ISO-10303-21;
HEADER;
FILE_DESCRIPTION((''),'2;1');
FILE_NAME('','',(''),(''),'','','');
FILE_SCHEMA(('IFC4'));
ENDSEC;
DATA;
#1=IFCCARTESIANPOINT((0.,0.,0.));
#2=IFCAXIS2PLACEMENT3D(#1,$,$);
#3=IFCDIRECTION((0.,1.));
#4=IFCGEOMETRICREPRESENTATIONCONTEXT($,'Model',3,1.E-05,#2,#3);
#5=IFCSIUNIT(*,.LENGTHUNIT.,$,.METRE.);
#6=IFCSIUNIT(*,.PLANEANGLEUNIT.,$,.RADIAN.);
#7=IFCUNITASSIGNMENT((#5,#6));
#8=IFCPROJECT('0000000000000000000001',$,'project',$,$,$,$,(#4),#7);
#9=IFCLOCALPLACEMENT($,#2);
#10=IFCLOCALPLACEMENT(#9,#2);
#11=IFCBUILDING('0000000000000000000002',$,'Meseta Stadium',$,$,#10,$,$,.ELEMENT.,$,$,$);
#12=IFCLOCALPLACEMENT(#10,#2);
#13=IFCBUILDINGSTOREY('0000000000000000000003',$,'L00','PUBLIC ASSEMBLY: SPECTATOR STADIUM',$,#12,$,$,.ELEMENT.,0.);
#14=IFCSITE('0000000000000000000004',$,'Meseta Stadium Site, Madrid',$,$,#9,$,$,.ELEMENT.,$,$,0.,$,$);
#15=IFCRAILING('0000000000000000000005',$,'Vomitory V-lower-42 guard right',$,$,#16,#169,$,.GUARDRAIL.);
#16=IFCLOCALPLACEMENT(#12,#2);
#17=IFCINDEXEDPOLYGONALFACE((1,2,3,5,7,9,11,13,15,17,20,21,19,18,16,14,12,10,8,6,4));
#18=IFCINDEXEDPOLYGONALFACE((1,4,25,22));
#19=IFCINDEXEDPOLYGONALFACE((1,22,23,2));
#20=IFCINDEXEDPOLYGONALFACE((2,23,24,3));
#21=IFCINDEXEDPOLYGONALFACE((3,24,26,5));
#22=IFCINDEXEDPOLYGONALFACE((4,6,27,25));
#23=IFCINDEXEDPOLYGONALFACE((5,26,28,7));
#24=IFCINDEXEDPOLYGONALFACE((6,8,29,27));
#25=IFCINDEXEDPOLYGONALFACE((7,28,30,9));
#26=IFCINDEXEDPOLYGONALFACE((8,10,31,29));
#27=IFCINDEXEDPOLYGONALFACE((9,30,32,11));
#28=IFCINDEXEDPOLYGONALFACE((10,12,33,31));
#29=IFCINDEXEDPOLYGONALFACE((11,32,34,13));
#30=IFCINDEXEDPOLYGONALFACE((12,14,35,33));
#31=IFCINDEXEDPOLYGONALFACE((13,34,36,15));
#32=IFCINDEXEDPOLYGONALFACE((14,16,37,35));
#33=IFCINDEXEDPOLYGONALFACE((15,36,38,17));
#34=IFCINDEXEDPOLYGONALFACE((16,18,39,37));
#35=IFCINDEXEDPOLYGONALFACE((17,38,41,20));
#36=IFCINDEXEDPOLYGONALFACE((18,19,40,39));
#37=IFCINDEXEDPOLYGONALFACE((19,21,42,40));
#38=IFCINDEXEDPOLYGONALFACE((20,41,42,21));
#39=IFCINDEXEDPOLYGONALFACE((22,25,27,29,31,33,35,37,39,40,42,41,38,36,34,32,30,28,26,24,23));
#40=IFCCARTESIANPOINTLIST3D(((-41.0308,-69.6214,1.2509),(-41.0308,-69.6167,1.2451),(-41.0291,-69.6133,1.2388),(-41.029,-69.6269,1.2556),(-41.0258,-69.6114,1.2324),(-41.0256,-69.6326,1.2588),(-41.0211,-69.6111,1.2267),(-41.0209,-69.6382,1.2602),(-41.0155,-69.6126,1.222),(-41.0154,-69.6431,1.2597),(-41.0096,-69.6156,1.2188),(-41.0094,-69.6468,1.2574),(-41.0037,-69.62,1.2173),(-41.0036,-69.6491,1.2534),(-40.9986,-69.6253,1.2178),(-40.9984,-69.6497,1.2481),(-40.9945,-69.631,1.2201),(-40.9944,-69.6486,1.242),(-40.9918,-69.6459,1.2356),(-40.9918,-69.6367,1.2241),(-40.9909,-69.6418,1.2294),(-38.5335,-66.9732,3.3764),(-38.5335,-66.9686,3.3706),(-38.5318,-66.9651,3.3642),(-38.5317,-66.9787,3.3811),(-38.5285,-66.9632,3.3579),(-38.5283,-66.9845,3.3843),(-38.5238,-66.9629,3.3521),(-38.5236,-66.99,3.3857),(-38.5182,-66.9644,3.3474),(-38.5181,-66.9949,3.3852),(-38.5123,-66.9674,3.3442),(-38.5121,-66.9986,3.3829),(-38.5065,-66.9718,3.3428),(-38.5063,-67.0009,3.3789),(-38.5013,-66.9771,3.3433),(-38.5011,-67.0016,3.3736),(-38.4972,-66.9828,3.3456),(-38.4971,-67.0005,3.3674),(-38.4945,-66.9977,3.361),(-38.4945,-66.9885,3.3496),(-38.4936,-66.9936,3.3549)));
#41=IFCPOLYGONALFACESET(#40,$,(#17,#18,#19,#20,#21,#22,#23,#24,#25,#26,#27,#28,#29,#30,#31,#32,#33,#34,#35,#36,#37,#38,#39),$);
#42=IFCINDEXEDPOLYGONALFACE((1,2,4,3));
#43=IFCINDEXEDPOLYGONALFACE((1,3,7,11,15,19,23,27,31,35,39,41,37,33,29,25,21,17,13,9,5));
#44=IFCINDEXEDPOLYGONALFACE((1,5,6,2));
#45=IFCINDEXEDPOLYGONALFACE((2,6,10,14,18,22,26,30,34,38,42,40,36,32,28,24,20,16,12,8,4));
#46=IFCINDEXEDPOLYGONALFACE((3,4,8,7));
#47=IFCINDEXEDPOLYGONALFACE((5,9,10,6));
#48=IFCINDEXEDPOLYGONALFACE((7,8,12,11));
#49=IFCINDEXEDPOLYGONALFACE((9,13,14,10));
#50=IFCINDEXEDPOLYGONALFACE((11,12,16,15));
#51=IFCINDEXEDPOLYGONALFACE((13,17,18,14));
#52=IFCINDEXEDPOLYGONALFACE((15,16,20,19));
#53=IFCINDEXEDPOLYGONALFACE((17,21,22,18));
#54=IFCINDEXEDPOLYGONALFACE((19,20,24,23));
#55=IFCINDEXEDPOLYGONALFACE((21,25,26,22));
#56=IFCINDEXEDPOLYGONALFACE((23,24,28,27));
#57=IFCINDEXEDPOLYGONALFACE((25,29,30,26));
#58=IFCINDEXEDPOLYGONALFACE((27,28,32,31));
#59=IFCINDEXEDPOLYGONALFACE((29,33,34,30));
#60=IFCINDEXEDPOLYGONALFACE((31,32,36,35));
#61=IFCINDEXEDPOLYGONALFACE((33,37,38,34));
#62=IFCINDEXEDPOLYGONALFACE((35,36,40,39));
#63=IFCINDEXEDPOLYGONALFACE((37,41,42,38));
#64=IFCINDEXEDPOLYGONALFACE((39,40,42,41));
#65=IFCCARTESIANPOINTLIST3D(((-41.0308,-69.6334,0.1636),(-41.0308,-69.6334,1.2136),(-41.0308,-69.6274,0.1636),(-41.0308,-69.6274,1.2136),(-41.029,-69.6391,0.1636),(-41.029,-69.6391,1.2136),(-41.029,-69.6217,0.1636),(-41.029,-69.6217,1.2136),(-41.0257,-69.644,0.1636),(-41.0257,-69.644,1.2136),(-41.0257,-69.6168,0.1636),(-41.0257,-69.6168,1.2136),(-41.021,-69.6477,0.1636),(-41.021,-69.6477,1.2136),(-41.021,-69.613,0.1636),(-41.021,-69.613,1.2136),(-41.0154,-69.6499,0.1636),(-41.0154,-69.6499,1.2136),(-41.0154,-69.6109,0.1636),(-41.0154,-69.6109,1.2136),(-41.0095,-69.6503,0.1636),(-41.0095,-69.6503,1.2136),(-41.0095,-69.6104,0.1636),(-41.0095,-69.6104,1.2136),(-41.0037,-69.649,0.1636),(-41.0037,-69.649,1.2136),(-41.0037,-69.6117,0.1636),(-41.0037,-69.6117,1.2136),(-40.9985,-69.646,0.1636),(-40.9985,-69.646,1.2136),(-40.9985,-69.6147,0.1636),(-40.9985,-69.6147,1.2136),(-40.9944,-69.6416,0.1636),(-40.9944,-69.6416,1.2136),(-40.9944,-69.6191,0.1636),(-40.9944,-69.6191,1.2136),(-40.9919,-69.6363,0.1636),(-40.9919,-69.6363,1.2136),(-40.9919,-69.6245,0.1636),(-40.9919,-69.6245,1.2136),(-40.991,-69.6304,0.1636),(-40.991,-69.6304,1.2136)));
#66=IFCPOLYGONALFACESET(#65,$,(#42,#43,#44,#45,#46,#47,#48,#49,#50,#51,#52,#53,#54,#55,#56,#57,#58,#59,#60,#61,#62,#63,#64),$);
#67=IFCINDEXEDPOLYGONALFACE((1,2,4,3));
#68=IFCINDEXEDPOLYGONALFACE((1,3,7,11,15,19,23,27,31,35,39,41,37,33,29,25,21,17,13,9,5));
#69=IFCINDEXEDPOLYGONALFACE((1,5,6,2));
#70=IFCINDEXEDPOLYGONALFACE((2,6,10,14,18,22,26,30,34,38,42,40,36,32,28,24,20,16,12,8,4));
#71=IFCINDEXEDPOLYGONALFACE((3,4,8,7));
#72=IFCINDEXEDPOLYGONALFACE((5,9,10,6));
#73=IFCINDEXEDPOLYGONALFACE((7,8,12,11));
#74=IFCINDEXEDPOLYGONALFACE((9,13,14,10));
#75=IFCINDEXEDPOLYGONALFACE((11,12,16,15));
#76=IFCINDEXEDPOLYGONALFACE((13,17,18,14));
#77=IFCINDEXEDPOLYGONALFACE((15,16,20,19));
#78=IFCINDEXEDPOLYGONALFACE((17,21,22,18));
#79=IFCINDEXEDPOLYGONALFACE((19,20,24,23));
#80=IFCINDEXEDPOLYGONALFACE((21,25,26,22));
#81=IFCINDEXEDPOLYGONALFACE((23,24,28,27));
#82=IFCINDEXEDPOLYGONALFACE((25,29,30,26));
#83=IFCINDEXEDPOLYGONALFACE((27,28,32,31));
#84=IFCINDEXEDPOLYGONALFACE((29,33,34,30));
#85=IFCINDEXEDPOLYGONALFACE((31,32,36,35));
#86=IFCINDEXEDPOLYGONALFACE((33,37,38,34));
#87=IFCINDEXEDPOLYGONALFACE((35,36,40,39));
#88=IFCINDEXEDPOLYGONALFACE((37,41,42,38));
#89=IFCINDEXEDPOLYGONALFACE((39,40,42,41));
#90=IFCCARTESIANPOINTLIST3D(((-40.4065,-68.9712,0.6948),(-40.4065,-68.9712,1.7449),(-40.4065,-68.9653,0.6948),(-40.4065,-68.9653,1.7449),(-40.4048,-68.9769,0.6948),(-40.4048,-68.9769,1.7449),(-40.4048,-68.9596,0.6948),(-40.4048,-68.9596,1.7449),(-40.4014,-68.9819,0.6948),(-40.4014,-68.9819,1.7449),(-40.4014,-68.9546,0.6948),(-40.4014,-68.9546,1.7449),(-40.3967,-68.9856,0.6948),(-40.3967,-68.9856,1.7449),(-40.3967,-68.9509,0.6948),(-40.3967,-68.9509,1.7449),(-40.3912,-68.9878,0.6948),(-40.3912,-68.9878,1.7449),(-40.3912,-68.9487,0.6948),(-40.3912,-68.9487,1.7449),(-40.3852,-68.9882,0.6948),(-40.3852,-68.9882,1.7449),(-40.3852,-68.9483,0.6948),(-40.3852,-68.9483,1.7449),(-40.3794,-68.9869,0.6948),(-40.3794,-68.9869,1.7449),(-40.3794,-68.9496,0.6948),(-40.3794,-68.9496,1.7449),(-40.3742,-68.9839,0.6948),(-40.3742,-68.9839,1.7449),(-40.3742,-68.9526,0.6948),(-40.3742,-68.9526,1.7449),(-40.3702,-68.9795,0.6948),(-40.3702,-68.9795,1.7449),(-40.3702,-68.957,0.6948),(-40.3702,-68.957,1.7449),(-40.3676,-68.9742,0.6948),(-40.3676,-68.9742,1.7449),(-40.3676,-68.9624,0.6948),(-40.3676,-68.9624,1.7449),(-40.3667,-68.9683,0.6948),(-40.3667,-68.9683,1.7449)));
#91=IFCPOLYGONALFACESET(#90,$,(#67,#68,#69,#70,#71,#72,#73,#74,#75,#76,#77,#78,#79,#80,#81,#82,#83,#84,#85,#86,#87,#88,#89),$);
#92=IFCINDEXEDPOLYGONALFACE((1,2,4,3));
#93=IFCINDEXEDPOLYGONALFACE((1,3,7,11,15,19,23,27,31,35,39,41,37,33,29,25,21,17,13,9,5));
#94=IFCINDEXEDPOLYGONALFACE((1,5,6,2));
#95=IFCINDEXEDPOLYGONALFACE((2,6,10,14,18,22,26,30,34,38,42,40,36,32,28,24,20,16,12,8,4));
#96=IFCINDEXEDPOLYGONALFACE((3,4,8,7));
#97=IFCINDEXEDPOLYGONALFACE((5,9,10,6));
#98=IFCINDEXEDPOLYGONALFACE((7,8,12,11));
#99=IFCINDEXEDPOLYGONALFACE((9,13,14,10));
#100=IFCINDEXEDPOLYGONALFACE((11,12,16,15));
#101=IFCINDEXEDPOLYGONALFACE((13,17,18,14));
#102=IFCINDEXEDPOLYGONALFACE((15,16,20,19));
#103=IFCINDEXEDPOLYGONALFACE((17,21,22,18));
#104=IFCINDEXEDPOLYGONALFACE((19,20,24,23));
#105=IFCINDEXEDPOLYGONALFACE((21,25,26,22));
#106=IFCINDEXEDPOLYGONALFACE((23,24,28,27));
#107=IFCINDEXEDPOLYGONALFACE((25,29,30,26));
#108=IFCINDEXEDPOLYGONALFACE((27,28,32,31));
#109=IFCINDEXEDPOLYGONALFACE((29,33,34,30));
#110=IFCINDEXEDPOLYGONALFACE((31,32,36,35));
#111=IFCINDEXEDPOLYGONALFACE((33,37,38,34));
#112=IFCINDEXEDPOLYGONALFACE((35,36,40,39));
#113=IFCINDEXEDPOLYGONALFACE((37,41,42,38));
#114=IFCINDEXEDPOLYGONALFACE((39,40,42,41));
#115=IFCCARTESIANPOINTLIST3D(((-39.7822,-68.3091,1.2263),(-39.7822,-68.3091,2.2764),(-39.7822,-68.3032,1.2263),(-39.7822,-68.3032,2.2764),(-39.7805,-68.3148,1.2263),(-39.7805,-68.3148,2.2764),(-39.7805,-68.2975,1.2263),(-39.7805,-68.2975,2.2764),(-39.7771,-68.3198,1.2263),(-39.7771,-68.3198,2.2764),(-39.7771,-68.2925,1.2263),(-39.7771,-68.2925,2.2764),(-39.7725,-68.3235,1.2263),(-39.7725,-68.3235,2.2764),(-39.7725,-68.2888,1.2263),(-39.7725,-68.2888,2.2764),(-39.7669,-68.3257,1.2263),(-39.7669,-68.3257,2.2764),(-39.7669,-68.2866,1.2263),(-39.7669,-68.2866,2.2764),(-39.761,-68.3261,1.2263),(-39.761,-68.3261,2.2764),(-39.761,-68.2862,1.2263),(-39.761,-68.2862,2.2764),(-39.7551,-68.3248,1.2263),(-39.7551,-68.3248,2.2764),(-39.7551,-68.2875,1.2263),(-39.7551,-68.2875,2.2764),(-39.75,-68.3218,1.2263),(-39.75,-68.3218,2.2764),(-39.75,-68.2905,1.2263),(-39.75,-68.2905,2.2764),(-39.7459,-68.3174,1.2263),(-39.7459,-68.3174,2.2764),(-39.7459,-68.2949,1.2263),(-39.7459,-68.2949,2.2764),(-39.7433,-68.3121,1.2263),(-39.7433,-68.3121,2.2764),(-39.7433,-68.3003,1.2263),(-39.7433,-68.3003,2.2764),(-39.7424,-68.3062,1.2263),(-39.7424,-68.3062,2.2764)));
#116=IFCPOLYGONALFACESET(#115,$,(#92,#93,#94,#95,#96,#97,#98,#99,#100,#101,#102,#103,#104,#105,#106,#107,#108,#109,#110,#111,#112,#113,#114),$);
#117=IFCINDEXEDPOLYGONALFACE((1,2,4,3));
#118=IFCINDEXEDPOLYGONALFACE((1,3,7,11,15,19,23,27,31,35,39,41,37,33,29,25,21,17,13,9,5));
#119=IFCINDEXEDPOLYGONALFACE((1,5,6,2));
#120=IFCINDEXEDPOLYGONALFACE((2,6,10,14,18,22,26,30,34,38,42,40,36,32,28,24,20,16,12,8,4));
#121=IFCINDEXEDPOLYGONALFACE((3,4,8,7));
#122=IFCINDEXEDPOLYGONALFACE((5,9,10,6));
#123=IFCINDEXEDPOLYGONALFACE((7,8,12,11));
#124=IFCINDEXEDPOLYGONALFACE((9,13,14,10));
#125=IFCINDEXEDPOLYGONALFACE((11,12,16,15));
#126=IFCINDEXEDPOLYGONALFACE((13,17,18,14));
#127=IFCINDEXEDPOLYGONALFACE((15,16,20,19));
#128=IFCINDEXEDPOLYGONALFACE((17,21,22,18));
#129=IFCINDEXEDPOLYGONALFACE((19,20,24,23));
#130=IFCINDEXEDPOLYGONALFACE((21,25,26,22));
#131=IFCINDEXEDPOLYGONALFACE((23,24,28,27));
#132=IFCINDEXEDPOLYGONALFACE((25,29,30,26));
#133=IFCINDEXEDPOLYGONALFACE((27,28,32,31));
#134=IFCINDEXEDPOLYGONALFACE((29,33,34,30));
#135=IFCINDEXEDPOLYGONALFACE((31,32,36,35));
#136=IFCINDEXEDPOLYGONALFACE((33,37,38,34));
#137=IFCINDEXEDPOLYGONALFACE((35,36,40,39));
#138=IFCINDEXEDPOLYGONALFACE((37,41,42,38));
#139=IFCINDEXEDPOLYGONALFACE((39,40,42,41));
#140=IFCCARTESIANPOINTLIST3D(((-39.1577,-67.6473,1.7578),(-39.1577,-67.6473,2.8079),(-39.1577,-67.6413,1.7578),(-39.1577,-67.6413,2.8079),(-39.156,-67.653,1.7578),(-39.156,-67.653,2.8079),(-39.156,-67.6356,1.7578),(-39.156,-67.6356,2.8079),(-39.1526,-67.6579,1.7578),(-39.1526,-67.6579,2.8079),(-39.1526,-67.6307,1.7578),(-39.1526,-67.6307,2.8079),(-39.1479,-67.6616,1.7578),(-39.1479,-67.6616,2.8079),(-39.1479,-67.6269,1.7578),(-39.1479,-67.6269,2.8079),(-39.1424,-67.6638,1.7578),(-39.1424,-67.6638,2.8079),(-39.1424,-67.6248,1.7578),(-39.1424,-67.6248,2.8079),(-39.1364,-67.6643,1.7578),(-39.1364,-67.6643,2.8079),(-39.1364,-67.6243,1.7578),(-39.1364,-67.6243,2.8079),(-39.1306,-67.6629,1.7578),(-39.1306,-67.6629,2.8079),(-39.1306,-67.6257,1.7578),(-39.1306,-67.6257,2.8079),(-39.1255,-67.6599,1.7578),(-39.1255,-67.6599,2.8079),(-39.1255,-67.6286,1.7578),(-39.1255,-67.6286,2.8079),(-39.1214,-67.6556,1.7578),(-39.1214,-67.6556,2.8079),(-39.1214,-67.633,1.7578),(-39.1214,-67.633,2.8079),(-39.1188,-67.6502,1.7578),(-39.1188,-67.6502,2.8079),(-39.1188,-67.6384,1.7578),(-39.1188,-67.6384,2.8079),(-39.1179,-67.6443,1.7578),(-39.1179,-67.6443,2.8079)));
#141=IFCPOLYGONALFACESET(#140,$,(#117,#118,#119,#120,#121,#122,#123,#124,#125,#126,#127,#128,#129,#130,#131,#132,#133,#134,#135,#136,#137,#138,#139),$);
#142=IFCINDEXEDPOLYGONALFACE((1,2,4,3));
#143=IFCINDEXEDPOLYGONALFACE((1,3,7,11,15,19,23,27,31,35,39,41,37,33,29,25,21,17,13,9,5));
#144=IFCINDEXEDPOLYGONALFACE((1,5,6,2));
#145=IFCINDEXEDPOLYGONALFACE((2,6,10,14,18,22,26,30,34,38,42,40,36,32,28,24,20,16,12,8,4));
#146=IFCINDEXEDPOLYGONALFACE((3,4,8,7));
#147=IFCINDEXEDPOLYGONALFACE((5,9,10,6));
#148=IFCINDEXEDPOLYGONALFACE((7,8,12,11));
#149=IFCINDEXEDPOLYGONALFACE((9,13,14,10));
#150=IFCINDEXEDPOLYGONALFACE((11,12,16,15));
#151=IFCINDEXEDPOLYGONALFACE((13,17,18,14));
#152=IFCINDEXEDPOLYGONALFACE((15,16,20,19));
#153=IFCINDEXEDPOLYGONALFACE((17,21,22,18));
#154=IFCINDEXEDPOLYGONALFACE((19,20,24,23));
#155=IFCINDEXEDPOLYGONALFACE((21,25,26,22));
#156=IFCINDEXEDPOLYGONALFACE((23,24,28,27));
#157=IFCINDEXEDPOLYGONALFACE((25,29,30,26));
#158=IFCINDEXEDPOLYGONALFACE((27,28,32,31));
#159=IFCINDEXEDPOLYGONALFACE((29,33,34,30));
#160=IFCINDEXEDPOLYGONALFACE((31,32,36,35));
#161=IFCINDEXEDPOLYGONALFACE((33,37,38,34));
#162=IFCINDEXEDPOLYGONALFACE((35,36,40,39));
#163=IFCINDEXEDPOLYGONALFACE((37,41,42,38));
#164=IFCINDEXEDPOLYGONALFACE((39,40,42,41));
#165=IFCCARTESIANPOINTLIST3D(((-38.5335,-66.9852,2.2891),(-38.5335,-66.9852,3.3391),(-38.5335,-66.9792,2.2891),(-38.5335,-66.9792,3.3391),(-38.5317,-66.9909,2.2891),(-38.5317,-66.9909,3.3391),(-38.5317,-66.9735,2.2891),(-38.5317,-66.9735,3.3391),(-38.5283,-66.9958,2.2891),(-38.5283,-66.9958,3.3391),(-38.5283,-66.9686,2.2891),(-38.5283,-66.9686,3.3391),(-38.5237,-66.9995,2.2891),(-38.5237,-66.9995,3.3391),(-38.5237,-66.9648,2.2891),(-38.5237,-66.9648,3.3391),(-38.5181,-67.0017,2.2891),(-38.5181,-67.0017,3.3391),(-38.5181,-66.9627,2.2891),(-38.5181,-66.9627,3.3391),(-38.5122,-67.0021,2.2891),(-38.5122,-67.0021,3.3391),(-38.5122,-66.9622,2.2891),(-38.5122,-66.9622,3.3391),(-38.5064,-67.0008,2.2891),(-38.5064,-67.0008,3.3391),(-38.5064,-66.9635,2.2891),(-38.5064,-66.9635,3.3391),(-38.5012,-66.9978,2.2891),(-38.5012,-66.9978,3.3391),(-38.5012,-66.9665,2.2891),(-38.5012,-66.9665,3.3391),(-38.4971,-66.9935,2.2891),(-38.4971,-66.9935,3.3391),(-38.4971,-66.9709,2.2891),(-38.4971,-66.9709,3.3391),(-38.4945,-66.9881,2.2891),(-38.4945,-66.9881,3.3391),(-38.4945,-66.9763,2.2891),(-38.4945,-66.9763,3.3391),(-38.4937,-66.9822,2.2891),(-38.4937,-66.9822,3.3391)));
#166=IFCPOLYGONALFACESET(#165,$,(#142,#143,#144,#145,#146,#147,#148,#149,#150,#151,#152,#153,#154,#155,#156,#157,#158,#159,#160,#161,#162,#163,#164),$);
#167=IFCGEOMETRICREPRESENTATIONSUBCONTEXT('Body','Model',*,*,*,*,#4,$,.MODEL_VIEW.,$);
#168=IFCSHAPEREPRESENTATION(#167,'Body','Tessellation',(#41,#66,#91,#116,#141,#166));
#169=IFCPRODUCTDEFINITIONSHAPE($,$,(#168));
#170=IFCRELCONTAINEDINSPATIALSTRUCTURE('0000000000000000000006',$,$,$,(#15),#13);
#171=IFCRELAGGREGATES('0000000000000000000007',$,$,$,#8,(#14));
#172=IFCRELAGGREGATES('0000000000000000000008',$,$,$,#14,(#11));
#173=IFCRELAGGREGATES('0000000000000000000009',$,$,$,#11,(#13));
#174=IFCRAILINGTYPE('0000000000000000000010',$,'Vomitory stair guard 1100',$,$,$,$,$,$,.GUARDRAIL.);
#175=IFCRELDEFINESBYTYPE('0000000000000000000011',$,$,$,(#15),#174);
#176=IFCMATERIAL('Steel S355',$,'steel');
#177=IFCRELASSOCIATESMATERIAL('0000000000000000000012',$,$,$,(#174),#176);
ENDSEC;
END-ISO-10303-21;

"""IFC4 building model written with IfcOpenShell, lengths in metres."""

from ifc_helpers import new_model, si_unit, direction, frame, origin, origin_2d, place, context, subcontext, project, spatial, circle, extrude, material, type_object, element, save


model = new_model("IFC4")

# Units and contexts
model_context = context("Model", 3, precision=1e-05, world=origin(), true_north=direction((0.0, 1.0)))
body_context = subcontext(model_context, "Body", "Model", "MODEL_VIEW")
ifc_project = project(units=[si_unit("LENGTHUNIT", "METRE"), si_unit("PLANEANGLEUNIT", "RADIAN")], contexts=[model_context])

# Site, building, storey
site_placement = place(None, origin())
site = spatial("IfcSite", under=ifc_project, at=site_placement, Name="Meseta Stadium Site, Madrid", CompositionType="ELEMENT", RefElevation=0.0)
building_placement = place(site_placement, origin())
building = spatial("IfcBuilding", under=site, at=building_placement, Name="Meseta Stadium", CompositionType="ELEMENT")
storey_placement = place(building_placement, origin())
storey = spatial("IfcBuildingStorey", under=building, at=storey_placement, Name="L00", Description="PUBLIC ASSEMBLY: SPECTATOR STADIUM", CompositionType="ELEMENT", Elevation=0.0)

# Railing
ifc_material_1 = material(Name="Steel S355", Category="steel")
railing_type_1 = type_object("IfcRailingType", Name="Vomitory stair guard 1100", PredefinedType="GUARDRAIL", material=ifc_material_1)
railing_1_placement = place(storey_placement, frame((-41.011, -69.6304, 0.1636)))
element("IfcRailing", 1, at=railing_1_placement, inside=storey, type_object=railing_type_1, Name="Vomitory V-lower-42 guard right", PredefinedType="GUARDRAIL", context=body_context, shape_type="SweptSolid", body=[
    extrude(circle(Radius=0.0249, at=origin_2d()), frame((0.0, 0.0, 1.0752), z_axis=(0.592466, 0.628261, 0.504254), x_axis=(-0.727528, 0.686078, 0.0)), (0.0, 0.0, 1.0), 4.2151),
    extrude(circle(Radius=0.02, at=origin_2d()), origin(), (0.0, 0.0, 1.0), 1.05),
    extrude(circle(Radius=0.02, at=origin_2d()), frame((0.6243, 0.6621, 0.5312)), (0.0, 0.0, 1.0), 1.05),
    extrude(circle(Radius=0.02, at=origin_2d()), frame((1.2485, 1.3242, 1.0627)), (0.0, 0.0, 1.0), 1.05),
    extrude(circle(Radius=0.02, at=origin_2d()), frame((1.873, 1.9861, 1.5942)), (0.0, 0.0, 1.0), 1.05),
    extrude(circle(Radius=0.02, at=origin_2d()), frame((2.4973, 2.6482, 2.1255)), (0.0, 0.0, 1.0), 1.05),
])

save(model, "model.ifc")
